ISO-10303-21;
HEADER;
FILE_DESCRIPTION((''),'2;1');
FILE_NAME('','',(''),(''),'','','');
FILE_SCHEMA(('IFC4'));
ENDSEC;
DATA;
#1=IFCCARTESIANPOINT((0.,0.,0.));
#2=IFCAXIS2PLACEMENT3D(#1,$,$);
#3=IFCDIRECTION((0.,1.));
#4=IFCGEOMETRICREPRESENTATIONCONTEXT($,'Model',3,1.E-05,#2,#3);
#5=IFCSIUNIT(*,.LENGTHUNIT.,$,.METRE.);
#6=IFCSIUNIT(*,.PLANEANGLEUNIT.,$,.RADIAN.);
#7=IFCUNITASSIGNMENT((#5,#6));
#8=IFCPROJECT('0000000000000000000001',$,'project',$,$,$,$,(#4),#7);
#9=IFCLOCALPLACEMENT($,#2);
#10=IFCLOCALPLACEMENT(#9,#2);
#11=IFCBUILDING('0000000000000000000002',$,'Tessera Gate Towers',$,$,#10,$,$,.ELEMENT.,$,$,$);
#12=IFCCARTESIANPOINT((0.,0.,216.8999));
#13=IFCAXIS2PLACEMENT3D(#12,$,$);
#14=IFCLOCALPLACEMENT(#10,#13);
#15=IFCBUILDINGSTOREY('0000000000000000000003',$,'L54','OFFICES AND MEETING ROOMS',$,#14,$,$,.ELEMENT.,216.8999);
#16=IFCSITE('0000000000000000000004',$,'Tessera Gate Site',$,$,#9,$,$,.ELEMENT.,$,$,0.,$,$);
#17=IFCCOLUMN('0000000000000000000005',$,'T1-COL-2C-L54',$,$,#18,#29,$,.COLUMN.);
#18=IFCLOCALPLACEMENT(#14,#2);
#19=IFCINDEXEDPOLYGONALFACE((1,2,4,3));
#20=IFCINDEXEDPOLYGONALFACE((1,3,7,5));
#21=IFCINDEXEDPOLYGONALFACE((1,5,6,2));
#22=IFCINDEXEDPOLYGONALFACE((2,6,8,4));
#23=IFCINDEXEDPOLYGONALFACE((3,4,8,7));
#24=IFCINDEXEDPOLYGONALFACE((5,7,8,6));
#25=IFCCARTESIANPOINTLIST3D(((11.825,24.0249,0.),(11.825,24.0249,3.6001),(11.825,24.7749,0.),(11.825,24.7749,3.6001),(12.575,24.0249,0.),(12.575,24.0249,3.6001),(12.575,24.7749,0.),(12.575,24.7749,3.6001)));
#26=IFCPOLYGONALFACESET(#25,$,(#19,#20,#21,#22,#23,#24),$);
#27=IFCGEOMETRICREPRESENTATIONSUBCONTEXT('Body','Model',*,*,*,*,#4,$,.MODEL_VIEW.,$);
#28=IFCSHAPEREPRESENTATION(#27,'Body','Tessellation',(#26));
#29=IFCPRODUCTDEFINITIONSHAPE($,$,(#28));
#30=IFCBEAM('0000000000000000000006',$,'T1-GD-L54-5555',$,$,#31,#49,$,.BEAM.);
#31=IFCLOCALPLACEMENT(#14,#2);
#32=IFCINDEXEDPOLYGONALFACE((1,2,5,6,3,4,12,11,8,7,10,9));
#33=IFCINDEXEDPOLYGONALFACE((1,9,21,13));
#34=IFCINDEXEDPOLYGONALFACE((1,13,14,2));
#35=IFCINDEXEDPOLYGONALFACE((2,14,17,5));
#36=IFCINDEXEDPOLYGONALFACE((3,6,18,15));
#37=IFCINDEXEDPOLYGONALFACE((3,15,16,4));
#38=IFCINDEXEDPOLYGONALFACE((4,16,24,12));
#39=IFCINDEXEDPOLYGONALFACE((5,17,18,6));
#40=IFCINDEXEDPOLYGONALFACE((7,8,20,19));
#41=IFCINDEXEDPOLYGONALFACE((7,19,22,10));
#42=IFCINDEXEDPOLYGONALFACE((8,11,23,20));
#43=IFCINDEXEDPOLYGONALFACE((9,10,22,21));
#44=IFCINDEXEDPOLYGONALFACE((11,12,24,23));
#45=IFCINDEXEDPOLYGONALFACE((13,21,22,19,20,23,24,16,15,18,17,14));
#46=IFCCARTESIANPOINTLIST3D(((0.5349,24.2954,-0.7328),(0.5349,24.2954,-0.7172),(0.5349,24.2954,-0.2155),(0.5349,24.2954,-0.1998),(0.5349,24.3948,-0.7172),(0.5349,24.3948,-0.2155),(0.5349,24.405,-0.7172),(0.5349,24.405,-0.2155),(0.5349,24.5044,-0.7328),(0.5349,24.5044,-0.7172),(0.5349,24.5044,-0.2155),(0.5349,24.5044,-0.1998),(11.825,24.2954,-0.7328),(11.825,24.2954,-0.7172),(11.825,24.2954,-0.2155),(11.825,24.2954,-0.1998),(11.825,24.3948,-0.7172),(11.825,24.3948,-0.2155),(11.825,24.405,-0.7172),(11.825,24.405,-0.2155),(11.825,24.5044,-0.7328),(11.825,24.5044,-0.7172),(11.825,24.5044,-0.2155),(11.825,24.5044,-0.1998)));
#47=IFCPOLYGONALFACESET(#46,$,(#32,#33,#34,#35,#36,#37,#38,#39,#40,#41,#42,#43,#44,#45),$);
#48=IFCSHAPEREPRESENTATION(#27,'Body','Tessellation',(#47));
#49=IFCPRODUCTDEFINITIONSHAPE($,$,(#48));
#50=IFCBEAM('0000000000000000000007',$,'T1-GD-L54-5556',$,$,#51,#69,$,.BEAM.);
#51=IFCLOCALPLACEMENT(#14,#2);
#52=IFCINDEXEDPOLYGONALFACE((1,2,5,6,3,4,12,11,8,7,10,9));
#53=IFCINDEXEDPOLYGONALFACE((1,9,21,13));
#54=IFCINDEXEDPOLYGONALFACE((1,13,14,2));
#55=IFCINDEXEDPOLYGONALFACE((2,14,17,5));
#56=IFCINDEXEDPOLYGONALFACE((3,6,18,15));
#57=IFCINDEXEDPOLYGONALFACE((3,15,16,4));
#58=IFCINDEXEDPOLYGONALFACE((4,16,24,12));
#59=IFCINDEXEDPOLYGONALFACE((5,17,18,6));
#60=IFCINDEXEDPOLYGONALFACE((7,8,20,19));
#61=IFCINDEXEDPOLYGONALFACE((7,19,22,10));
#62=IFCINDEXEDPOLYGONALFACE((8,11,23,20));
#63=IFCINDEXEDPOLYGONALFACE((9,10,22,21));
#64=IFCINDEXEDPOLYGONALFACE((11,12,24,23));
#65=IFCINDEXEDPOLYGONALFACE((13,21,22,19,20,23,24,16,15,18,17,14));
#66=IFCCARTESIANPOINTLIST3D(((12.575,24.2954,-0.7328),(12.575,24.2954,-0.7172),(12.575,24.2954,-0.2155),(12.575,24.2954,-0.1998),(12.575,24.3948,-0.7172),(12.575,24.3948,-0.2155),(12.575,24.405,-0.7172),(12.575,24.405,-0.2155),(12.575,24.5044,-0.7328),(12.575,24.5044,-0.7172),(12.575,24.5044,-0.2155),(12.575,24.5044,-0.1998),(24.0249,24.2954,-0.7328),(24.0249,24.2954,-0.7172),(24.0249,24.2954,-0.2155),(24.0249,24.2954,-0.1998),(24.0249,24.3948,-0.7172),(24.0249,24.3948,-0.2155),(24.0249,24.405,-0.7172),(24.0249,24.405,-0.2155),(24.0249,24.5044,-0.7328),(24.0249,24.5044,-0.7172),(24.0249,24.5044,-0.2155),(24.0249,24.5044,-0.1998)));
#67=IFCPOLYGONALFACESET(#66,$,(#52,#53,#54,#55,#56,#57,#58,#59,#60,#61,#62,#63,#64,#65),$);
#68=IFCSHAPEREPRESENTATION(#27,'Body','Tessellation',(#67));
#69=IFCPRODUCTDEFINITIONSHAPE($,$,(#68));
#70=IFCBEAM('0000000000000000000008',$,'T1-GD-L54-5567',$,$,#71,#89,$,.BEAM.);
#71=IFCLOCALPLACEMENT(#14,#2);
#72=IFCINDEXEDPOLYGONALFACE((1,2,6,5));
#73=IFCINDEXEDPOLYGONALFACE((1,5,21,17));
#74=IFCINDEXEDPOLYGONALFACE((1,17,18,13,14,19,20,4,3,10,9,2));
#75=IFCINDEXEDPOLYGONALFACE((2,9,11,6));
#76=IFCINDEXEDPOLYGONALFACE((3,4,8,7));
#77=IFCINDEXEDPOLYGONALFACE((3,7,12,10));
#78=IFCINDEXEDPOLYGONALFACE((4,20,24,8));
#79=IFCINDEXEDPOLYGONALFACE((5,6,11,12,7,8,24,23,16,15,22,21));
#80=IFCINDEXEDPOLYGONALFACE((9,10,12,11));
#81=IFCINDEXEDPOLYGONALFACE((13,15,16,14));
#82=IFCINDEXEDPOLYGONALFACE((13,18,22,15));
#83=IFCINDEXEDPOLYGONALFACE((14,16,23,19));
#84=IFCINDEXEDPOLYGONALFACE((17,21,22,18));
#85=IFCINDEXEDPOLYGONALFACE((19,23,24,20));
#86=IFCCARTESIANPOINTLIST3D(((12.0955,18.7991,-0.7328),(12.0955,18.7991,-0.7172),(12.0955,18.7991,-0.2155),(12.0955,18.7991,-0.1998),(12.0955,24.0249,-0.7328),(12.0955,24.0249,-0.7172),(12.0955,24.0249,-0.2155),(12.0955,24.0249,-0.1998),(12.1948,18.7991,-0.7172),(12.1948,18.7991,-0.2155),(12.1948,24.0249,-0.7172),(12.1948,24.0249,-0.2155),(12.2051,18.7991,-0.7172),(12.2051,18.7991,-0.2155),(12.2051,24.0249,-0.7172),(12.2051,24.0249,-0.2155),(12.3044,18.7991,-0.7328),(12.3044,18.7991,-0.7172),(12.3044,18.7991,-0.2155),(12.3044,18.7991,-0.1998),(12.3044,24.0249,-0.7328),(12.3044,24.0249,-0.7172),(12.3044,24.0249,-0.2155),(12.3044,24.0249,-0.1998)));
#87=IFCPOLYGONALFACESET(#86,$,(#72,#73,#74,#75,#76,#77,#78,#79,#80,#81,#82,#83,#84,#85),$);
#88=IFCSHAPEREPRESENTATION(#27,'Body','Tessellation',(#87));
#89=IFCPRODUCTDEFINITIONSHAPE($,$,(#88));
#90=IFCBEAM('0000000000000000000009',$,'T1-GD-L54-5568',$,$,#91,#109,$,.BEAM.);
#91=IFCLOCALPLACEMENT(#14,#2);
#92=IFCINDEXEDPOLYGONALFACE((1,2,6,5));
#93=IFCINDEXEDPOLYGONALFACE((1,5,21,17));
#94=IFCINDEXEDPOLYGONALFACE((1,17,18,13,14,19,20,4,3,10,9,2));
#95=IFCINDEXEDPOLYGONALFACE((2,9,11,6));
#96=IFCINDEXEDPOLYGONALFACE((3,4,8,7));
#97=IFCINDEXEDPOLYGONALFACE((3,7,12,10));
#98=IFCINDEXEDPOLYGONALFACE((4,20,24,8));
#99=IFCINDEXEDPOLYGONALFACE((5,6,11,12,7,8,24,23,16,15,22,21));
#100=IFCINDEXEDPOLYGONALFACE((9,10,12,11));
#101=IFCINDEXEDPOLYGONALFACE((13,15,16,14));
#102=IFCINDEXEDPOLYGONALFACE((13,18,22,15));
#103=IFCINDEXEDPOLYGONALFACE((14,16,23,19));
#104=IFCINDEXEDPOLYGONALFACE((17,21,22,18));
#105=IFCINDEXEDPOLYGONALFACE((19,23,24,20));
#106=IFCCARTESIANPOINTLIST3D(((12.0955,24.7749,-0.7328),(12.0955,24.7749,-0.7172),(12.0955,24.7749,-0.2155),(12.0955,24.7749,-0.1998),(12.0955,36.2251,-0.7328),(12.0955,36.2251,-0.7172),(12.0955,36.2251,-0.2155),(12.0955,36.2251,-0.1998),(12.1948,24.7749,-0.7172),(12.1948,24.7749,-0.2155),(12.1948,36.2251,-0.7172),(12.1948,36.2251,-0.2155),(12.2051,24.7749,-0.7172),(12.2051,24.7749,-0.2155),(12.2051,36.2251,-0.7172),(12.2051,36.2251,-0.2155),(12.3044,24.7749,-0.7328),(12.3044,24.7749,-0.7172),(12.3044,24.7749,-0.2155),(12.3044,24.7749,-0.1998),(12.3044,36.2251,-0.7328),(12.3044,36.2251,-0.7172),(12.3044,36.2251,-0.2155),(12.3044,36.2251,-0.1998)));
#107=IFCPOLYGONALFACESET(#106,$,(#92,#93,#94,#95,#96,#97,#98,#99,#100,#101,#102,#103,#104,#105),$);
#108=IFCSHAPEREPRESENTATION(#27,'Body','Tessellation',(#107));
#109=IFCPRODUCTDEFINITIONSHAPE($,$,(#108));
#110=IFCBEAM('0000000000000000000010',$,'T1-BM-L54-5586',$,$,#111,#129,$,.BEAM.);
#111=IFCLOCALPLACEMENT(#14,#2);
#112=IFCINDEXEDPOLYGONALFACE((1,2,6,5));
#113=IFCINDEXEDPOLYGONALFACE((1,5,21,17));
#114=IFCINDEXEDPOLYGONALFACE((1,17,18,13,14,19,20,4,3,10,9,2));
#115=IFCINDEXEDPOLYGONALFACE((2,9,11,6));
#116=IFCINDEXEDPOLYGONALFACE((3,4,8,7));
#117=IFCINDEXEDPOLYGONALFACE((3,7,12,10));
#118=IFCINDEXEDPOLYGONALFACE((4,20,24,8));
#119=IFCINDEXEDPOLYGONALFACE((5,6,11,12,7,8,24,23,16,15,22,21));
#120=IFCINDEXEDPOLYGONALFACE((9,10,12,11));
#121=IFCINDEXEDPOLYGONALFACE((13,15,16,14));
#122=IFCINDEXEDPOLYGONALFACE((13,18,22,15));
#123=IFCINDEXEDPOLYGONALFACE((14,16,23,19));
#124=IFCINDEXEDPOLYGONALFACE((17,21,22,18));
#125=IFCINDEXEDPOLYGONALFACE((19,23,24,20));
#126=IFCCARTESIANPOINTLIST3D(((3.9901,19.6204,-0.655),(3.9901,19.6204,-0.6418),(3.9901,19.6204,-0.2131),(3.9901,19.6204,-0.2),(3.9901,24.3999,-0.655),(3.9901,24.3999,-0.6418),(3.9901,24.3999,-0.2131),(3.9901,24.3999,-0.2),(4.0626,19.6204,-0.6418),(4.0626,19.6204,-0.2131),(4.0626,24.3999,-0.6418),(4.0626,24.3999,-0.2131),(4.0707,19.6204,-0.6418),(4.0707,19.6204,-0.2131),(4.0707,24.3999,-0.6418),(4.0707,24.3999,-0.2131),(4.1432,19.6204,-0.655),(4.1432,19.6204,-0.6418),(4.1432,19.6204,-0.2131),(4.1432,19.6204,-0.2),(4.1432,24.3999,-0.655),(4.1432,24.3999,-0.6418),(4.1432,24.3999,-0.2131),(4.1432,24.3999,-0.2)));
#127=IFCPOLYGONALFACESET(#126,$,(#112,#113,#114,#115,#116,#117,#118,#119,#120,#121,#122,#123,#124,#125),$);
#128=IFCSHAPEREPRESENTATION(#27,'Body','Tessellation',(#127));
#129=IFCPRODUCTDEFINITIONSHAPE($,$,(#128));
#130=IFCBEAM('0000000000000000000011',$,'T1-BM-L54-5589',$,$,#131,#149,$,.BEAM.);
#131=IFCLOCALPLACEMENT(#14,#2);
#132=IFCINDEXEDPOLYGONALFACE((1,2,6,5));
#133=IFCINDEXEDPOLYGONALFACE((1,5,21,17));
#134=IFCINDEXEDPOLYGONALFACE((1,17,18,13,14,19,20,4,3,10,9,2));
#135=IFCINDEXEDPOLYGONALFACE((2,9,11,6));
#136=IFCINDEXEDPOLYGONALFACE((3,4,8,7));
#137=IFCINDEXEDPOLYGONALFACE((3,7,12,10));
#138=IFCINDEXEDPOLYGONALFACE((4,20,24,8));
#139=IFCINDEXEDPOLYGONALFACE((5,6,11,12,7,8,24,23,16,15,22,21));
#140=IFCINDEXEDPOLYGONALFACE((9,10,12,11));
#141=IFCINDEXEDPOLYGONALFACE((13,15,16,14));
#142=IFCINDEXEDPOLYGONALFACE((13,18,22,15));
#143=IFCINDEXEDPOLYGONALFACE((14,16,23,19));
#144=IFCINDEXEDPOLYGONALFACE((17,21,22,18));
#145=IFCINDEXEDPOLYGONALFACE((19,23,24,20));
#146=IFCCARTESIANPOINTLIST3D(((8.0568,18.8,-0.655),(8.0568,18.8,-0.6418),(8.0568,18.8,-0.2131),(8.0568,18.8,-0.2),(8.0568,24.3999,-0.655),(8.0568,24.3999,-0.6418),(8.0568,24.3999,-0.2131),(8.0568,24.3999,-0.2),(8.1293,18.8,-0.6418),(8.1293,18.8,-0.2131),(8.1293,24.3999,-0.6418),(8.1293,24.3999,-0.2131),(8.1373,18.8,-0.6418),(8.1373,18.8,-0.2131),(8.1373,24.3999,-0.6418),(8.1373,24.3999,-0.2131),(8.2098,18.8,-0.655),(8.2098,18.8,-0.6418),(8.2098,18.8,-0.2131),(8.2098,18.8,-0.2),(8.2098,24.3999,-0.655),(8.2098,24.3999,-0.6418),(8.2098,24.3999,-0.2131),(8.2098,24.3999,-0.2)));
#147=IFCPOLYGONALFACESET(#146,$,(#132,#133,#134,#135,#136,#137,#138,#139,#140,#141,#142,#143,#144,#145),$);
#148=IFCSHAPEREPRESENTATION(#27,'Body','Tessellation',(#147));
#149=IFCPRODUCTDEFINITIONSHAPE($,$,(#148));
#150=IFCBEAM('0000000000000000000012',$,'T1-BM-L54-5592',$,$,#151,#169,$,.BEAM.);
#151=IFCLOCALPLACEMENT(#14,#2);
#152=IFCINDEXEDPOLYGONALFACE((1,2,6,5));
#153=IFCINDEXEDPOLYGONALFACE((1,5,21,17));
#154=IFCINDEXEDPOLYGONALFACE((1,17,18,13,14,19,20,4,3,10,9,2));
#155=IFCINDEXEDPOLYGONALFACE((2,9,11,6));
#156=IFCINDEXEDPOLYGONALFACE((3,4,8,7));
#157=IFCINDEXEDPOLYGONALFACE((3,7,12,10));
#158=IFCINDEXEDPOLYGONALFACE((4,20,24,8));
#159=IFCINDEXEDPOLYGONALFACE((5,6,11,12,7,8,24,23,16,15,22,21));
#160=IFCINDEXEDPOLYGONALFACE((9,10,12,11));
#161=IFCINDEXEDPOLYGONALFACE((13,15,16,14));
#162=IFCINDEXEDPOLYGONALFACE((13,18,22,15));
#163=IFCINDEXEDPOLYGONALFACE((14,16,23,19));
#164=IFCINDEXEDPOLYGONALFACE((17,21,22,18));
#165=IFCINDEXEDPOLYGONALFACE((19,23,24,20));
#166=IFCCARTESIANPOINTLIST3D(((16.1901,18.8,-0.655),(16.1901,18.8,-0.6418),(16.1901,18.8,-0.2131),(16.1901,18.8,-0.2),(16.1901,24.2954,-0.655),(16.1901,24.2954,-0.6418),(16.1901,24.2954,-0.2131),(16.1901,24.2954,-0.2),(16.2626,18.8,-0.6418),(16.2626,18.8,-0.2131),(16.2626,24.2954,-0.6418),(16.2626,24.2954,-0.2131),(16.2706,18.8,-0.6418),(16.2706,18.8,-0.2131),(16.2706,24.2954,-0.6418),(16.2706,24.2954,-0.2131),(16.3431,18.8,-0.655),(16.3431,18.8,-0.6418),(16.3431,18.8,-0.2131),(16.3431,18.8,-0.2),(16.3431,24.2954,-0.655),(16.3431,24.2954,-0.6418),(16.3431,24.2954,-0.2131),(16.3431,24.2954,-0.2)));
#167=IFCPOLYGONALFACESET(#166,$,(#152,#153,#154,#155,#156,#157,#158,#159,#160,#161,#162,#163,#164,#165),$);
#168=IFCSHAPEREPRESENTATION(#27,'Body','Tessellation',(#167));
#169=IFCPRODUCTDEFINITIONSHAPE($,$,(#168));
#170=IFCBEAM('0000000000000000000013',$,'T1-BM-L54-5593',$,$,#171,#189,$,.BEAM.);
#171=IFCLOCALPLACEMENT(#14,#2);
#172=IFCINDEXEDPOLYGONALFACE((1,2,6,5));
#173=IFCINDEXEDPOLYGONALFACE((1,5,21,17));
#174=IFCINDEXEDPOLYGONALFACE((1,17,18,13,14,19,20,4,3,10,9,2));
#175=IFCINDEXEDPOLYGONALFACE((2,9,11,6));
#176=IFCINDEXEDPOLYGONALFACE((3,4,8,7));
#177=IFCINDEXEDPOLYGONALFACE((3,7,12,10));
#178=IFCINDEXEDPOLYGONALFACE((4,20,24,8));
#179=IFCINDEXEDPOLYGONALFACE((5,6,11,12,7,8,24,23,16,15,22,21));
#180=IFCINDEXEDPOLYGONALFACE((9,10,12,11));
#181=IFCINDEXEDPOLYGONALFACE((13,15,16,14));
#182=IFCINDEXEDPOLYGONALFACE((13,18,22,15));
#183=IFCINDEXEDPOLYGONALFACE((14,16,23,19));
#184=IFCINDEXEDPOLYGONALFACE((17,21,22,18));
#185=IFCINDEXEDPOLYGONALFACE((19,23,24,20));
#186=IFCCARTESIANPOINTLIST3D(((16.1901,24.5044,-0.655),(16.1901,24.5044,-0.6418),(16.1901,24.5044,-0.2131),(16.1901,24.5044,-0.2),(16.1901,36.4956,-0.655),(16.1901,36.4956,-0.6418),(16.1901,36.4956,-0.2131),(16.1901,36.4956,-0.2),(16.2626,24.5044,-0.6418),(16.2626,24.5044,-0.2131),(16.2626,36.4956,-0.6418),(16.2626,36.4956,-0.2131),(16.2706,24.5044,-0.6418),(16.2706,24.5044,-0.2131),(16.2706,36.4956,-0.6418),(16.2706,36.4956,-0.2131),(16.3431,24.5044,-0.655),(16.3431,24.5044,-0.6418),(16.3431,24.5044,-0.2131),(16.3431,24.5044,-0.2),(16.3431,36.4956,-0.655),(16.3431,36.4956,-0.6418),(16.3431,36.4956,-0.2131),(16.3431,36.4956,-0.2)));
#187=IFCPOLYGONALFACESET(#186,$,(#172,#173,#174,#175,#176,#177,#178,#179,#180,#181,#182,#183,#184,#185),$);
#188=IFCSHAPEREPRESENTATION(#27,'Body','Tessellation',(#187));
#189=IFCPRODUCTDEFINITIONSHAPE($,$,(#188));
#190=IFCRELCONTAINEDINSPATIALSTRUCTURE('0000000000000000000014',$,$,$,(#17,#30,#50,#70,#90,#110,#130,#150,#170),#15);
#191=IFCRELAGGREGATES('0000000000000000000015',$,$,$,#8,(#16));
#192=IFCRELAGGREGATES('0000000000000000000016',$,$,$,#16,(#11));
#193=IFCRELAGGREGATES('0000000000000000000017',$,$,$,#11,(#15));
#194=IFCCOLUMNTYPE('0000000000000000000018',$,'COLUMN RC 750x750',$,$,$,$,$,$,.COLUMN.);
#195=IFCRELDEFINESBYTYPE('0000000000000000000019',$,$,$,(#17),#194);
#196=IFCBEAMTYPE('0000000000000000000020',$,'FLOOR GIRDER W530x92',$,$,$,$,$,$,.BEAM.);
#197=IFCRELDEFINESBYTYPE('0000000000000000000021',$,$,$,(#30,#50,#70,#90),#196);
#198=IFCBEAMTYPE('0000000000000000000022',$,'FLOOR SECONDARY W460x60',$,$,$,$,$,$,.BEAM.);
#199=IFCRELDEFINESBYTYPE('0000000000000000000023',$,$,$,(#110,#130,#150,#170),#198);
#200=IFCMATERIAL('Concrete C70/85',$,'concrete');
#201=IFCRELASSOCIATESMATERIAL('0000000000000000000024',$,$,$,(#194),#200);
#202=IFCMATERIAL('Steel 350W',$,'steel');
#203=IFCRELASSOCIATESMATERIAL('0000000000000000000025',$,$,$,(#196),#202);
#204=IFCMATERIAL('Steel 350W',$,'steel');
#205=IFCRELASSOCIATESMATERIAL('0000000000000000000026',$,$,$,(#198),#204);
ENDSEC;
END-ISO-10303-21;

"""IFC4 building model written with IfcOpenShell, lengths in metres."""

from ifc_helpers import new_model, si_unit, direction, frame, origin, origin_2d, place, context, subcontext, project, spatial, rectangle, i_section, extrude, material, material_profile, profile_set, type_object, element, save


model = new_model("IFC4")

# Units and contexts
model_context = context("Model", 3, precision=1e-05, world=origin(), true_north=direction((0.0, 1.0)))
body_context = subcontext(model_context, "Body", "Model", "MODEL_VIEW")
ifc_project = project(units=[si_unit("LENGTHUNIT", "METRE"), si_unit("PLANEANGLEUNIT", "RADIAN")], contexts=[model_context])

# Site, building, storey
site_placement = place(None, origin())
site = spatial("IfcSite", under=ifc_project, at=site_placement, Name="Tessera Gate Site", CompositionType="ELEMENT", RefElevation=0.0)
building_placement = place(site_placement, origin())
building = spatial("IfcBuilding", under=site, at=building_placement, Name="Tessera Gate Towers", CompositionType="ELEMENT")
storey_placement = place(building_placement, frame((0.0, 0.0, 216.8999)))
storey = spatial("IfcBuildingStorey", under=building, at=storey_placement, Name="L54", Description="OFFICES AND MEETING ROOMS", CompositionType="ELEMENT", Elevation=216.8999)

# Column
ifc_material_1 = material(Name="Concrete C70/85", Category="concrete")
ifc_material_profile_1 = material_profile(ifc_material_1, rectangle(XDim=0.75, YDim=0.75, at=origin_2d()), Name="RC 750x750")
ifc_profile_set_1 = profile_set([ifc_material_profile_1], Name="Concrete C70/85")
column_type = type_object("IfcColumnType", Name="COLUMN RC 750x750", PredefinedType="COLUMN", material=ifc_profile_set_1)
column_placement = place(storey_placement, frame((12.2, 24.3999, 0.0), z_axis=(0.0, 0.0, 1.0), x_axis=(1.0, 0.0, 0.0)))
element("IfcColumn", 1, at=column_placement, inside=storey, type_object=column_type, Name="T1-COL-2C-L54", PredefinedType="COLUMN", context=body_context, shape_type="SweptSolid", body=[
    extrude(rectangle(XDim=0.75, YDim=0.75, at=origin_2d()), origin(), (0.0, 0.0, 1.0), 3.6001),
])

# Beams
ifc_material_2 = material(Name="Steel 350W", Category="steel")
ifc_material_profile_2 = material_profile(ifc_material_2, i_section(OverallWidth=0.209, OverallDepth=0.533, WebThickness=0.0103, FlangeThickness=0.0156, at=origin_2d()), Name="W530x92")
ifc_profile_set_2 = profile_set([ifc_material_profile_2], Name="Steel 350W")
beam_type_1 = type_object("IfcBeamType", Name="FLOOR GIRDER W530x92", PredefinedType="BEAM", material=ifc_profile_set_2)
beam_1_placement = place(storey_placement, frame((0.5349, 24.3999, -0.4663), z_axis=(1.0, 0.0, 0.0), x_axis=(0.0, 1.0, 0.0)))
element("IfcBeam", 2, at=beam_1_placement, inside=storey, type_object=beam_type_1, Name="T1-GD-L54-5555", PredefinedType="BEAM", context=body_context, shape_type="SweptSolid", body=[
    extrude(i_section(OverallWidth=0.209, OverallDepth=0.533, WebThickness=0.0103, FlangeThickness=0.0156, at=origin_2d()), origin(), (0.0, 0.0, 1.0), 11.29),
])
beam_2_placement = place(storey_placement, frame((12.575, 24.3999, -0.4663), z_axis=(1.0, 0.0, 0.0), x_axis=(0.0, 1.0, 0.0)))
element("IfcBeam", 3, at=beam_2_placement, inside=storey, type_object=beam_type_1, Name="T1-GD-L54-5556", PredefinedType="BEAM", context=body_context, shape_type="SweptSolid", body=[
    extrude(i_section(OverallWidth=0.209, OverallDepth=0.533, WebThickness=0.0103, FlangeThickness=0.0156, at=origin_2d()), origin(), (0.0, 0.0, 1.0), 11.45),
])
beam_3_placement = place(storey_placement, frame((12.2, 18.7991, -0.4663), z_axis=(0.0, 1.0, 0.0), x_axis=(-1.0, 0.0, 0.0)))
element("IfcBeam", 4, at=beam_3_placement, inside=storey, type_object=beam_type_1, Name="T1-GD-L54-5567", PredefinedType="BEAM", context=body_context, shape_type="SweptSolid", body=[
    extrude(i_section(OverallWidth=0.209, OverallDepth=0.533, WebThickness=0.0103, FlangeThickness=0.0156, at=origin_2d()), origin(), (0.0, 0.0, 1.0), 5.2258),
])
beam_4_placement = place(storey_placement, frame((12.2, 24.7749, -0.4663), z_axis=(0.0, 1.0, 0.0), x_axis=(-1.0, 0.0, 0.0)))
element("IfcBeam", 5, at=beam_4_placement, inside=storey, type_object=beam_type_1, Name="T1-GD-L54-5568", PredefinedType="BEAM", context=body_context, shape_type="SweptSolid", body=[
    extrude(i_section(OverallWidth=0.209, OverallDepth=0.533, WebThickness=0.0103, FlangeThickness=0.0156, at=origin_2d()), origin(), (0.0, 0.0, 1.0), 11.4502),
])
ifc_material_3 = material(Name="Steel 350W", Category="steel")
ifc_material_profile_3 = material_profile(ifc_material_3, i_section(OverallWidth=0.1531, OverallDepth=0.4551, WebThickness=0.0081, FlangeThickness=0.0132, at=origin_2d()), Name="W460x60")
ifc_profile_set_3 = profile_set([ifc_material_profile_3], Name="Steel 350W")
beam_type_2 = type_object("IfcBeamType", Name="FLOOR SECONDARY W460x60", PredefinedType="BEAM", material=ifc_profile_set_3)
beam_5_placement = place(storey_placement, frame((4.0667, 19.6204, -0.4275), z_axis=(0.0, 1.0, 0.0), x_axis=(-1.0, 0.0, 0.0)))
element("IfcBeam", 6, at=beam_5_placement, inside=storey, type_object=beam_type_2, Name="T1-BM-L54-5586", PredefinedType="BEAM", context=body_context, shape_type="SweptSolid", body=[
    extrude(i_section(OverallWidth=0.1531, OverallDepth=0.4551, WebThickness=0.0081, FlangeThickness=0.0132, at=origin_2d()), origin(), (0.0, 0.0, 1.0), 4.7795),
])
beam_6_placement = place(storey_placement, frame((8.1333, 18.8, -0.4275), z_axis=(0.0, 1.0, 0.0), x_axis=(-1.0, 0.0, 0.0)))
element("IfcBeam", 7, at=beam_6_placement, inside=storey, type_object=beam_type_2, Name="T1-BM-L54-5589", PredefinedType="BEAM", context=body_context, shape_type="SweptSolid", body=[
    extrude(i_section(OverallWidth=0.1531, OverallDepth=0.4551, WebThickness=0.0081, FlangeThickness=0.0132, at=origin_2d()), origin(), (0.0, 0.0, 1.0), 5.5999),
])
beam_7_placement = place(storey_placement, frame((16.2666, 18.8, -0.4275), z_axis=(0.0, 1.0, 0.0), x_axis=(-1.0, 0.0, 0.0)))
element("IfcBeam", 8, at=beam_7_placement, inside=storey, type_object=beam_type_2, Name="T1-BM-L54-5592", PredefinedType="BEAM", context=body_context, shape_type="SweptSolid", body=[
    extrude(i_section(OverallWidth=0.1531, OverallDepth=0.4551, WebThickness=0.0081, FlangeThickness=0.0132, at=origin_2d()), origin(), (0.0, 0.0, 1.0), 5.4954),
])
beam_8_placement = place(storey_placement, frame((16.2666, 24.5044, -0.4275), z_axis=(0.0, 1.0, 0.0), x_axis=(-1.0, 0.0, 0.0)))
element("IfcBeam", 9, at=beam_8_placement, inside=storey, type_object=beam_type_2, Name="T1-BM-L54-5593", PredefinedType="BEAM", context=body_context, shape_type="SweptSolid", body=[
    extrude(i_section(OverallWidth=0.1531, OverallDepth=0.4551, WebThickness=0.0081, FlangeThickness=0.0132, at=origin_2d()), origin(), (0.0, 0.0, 1.0), 11.9912),
])

save(model, "model.ifc")
